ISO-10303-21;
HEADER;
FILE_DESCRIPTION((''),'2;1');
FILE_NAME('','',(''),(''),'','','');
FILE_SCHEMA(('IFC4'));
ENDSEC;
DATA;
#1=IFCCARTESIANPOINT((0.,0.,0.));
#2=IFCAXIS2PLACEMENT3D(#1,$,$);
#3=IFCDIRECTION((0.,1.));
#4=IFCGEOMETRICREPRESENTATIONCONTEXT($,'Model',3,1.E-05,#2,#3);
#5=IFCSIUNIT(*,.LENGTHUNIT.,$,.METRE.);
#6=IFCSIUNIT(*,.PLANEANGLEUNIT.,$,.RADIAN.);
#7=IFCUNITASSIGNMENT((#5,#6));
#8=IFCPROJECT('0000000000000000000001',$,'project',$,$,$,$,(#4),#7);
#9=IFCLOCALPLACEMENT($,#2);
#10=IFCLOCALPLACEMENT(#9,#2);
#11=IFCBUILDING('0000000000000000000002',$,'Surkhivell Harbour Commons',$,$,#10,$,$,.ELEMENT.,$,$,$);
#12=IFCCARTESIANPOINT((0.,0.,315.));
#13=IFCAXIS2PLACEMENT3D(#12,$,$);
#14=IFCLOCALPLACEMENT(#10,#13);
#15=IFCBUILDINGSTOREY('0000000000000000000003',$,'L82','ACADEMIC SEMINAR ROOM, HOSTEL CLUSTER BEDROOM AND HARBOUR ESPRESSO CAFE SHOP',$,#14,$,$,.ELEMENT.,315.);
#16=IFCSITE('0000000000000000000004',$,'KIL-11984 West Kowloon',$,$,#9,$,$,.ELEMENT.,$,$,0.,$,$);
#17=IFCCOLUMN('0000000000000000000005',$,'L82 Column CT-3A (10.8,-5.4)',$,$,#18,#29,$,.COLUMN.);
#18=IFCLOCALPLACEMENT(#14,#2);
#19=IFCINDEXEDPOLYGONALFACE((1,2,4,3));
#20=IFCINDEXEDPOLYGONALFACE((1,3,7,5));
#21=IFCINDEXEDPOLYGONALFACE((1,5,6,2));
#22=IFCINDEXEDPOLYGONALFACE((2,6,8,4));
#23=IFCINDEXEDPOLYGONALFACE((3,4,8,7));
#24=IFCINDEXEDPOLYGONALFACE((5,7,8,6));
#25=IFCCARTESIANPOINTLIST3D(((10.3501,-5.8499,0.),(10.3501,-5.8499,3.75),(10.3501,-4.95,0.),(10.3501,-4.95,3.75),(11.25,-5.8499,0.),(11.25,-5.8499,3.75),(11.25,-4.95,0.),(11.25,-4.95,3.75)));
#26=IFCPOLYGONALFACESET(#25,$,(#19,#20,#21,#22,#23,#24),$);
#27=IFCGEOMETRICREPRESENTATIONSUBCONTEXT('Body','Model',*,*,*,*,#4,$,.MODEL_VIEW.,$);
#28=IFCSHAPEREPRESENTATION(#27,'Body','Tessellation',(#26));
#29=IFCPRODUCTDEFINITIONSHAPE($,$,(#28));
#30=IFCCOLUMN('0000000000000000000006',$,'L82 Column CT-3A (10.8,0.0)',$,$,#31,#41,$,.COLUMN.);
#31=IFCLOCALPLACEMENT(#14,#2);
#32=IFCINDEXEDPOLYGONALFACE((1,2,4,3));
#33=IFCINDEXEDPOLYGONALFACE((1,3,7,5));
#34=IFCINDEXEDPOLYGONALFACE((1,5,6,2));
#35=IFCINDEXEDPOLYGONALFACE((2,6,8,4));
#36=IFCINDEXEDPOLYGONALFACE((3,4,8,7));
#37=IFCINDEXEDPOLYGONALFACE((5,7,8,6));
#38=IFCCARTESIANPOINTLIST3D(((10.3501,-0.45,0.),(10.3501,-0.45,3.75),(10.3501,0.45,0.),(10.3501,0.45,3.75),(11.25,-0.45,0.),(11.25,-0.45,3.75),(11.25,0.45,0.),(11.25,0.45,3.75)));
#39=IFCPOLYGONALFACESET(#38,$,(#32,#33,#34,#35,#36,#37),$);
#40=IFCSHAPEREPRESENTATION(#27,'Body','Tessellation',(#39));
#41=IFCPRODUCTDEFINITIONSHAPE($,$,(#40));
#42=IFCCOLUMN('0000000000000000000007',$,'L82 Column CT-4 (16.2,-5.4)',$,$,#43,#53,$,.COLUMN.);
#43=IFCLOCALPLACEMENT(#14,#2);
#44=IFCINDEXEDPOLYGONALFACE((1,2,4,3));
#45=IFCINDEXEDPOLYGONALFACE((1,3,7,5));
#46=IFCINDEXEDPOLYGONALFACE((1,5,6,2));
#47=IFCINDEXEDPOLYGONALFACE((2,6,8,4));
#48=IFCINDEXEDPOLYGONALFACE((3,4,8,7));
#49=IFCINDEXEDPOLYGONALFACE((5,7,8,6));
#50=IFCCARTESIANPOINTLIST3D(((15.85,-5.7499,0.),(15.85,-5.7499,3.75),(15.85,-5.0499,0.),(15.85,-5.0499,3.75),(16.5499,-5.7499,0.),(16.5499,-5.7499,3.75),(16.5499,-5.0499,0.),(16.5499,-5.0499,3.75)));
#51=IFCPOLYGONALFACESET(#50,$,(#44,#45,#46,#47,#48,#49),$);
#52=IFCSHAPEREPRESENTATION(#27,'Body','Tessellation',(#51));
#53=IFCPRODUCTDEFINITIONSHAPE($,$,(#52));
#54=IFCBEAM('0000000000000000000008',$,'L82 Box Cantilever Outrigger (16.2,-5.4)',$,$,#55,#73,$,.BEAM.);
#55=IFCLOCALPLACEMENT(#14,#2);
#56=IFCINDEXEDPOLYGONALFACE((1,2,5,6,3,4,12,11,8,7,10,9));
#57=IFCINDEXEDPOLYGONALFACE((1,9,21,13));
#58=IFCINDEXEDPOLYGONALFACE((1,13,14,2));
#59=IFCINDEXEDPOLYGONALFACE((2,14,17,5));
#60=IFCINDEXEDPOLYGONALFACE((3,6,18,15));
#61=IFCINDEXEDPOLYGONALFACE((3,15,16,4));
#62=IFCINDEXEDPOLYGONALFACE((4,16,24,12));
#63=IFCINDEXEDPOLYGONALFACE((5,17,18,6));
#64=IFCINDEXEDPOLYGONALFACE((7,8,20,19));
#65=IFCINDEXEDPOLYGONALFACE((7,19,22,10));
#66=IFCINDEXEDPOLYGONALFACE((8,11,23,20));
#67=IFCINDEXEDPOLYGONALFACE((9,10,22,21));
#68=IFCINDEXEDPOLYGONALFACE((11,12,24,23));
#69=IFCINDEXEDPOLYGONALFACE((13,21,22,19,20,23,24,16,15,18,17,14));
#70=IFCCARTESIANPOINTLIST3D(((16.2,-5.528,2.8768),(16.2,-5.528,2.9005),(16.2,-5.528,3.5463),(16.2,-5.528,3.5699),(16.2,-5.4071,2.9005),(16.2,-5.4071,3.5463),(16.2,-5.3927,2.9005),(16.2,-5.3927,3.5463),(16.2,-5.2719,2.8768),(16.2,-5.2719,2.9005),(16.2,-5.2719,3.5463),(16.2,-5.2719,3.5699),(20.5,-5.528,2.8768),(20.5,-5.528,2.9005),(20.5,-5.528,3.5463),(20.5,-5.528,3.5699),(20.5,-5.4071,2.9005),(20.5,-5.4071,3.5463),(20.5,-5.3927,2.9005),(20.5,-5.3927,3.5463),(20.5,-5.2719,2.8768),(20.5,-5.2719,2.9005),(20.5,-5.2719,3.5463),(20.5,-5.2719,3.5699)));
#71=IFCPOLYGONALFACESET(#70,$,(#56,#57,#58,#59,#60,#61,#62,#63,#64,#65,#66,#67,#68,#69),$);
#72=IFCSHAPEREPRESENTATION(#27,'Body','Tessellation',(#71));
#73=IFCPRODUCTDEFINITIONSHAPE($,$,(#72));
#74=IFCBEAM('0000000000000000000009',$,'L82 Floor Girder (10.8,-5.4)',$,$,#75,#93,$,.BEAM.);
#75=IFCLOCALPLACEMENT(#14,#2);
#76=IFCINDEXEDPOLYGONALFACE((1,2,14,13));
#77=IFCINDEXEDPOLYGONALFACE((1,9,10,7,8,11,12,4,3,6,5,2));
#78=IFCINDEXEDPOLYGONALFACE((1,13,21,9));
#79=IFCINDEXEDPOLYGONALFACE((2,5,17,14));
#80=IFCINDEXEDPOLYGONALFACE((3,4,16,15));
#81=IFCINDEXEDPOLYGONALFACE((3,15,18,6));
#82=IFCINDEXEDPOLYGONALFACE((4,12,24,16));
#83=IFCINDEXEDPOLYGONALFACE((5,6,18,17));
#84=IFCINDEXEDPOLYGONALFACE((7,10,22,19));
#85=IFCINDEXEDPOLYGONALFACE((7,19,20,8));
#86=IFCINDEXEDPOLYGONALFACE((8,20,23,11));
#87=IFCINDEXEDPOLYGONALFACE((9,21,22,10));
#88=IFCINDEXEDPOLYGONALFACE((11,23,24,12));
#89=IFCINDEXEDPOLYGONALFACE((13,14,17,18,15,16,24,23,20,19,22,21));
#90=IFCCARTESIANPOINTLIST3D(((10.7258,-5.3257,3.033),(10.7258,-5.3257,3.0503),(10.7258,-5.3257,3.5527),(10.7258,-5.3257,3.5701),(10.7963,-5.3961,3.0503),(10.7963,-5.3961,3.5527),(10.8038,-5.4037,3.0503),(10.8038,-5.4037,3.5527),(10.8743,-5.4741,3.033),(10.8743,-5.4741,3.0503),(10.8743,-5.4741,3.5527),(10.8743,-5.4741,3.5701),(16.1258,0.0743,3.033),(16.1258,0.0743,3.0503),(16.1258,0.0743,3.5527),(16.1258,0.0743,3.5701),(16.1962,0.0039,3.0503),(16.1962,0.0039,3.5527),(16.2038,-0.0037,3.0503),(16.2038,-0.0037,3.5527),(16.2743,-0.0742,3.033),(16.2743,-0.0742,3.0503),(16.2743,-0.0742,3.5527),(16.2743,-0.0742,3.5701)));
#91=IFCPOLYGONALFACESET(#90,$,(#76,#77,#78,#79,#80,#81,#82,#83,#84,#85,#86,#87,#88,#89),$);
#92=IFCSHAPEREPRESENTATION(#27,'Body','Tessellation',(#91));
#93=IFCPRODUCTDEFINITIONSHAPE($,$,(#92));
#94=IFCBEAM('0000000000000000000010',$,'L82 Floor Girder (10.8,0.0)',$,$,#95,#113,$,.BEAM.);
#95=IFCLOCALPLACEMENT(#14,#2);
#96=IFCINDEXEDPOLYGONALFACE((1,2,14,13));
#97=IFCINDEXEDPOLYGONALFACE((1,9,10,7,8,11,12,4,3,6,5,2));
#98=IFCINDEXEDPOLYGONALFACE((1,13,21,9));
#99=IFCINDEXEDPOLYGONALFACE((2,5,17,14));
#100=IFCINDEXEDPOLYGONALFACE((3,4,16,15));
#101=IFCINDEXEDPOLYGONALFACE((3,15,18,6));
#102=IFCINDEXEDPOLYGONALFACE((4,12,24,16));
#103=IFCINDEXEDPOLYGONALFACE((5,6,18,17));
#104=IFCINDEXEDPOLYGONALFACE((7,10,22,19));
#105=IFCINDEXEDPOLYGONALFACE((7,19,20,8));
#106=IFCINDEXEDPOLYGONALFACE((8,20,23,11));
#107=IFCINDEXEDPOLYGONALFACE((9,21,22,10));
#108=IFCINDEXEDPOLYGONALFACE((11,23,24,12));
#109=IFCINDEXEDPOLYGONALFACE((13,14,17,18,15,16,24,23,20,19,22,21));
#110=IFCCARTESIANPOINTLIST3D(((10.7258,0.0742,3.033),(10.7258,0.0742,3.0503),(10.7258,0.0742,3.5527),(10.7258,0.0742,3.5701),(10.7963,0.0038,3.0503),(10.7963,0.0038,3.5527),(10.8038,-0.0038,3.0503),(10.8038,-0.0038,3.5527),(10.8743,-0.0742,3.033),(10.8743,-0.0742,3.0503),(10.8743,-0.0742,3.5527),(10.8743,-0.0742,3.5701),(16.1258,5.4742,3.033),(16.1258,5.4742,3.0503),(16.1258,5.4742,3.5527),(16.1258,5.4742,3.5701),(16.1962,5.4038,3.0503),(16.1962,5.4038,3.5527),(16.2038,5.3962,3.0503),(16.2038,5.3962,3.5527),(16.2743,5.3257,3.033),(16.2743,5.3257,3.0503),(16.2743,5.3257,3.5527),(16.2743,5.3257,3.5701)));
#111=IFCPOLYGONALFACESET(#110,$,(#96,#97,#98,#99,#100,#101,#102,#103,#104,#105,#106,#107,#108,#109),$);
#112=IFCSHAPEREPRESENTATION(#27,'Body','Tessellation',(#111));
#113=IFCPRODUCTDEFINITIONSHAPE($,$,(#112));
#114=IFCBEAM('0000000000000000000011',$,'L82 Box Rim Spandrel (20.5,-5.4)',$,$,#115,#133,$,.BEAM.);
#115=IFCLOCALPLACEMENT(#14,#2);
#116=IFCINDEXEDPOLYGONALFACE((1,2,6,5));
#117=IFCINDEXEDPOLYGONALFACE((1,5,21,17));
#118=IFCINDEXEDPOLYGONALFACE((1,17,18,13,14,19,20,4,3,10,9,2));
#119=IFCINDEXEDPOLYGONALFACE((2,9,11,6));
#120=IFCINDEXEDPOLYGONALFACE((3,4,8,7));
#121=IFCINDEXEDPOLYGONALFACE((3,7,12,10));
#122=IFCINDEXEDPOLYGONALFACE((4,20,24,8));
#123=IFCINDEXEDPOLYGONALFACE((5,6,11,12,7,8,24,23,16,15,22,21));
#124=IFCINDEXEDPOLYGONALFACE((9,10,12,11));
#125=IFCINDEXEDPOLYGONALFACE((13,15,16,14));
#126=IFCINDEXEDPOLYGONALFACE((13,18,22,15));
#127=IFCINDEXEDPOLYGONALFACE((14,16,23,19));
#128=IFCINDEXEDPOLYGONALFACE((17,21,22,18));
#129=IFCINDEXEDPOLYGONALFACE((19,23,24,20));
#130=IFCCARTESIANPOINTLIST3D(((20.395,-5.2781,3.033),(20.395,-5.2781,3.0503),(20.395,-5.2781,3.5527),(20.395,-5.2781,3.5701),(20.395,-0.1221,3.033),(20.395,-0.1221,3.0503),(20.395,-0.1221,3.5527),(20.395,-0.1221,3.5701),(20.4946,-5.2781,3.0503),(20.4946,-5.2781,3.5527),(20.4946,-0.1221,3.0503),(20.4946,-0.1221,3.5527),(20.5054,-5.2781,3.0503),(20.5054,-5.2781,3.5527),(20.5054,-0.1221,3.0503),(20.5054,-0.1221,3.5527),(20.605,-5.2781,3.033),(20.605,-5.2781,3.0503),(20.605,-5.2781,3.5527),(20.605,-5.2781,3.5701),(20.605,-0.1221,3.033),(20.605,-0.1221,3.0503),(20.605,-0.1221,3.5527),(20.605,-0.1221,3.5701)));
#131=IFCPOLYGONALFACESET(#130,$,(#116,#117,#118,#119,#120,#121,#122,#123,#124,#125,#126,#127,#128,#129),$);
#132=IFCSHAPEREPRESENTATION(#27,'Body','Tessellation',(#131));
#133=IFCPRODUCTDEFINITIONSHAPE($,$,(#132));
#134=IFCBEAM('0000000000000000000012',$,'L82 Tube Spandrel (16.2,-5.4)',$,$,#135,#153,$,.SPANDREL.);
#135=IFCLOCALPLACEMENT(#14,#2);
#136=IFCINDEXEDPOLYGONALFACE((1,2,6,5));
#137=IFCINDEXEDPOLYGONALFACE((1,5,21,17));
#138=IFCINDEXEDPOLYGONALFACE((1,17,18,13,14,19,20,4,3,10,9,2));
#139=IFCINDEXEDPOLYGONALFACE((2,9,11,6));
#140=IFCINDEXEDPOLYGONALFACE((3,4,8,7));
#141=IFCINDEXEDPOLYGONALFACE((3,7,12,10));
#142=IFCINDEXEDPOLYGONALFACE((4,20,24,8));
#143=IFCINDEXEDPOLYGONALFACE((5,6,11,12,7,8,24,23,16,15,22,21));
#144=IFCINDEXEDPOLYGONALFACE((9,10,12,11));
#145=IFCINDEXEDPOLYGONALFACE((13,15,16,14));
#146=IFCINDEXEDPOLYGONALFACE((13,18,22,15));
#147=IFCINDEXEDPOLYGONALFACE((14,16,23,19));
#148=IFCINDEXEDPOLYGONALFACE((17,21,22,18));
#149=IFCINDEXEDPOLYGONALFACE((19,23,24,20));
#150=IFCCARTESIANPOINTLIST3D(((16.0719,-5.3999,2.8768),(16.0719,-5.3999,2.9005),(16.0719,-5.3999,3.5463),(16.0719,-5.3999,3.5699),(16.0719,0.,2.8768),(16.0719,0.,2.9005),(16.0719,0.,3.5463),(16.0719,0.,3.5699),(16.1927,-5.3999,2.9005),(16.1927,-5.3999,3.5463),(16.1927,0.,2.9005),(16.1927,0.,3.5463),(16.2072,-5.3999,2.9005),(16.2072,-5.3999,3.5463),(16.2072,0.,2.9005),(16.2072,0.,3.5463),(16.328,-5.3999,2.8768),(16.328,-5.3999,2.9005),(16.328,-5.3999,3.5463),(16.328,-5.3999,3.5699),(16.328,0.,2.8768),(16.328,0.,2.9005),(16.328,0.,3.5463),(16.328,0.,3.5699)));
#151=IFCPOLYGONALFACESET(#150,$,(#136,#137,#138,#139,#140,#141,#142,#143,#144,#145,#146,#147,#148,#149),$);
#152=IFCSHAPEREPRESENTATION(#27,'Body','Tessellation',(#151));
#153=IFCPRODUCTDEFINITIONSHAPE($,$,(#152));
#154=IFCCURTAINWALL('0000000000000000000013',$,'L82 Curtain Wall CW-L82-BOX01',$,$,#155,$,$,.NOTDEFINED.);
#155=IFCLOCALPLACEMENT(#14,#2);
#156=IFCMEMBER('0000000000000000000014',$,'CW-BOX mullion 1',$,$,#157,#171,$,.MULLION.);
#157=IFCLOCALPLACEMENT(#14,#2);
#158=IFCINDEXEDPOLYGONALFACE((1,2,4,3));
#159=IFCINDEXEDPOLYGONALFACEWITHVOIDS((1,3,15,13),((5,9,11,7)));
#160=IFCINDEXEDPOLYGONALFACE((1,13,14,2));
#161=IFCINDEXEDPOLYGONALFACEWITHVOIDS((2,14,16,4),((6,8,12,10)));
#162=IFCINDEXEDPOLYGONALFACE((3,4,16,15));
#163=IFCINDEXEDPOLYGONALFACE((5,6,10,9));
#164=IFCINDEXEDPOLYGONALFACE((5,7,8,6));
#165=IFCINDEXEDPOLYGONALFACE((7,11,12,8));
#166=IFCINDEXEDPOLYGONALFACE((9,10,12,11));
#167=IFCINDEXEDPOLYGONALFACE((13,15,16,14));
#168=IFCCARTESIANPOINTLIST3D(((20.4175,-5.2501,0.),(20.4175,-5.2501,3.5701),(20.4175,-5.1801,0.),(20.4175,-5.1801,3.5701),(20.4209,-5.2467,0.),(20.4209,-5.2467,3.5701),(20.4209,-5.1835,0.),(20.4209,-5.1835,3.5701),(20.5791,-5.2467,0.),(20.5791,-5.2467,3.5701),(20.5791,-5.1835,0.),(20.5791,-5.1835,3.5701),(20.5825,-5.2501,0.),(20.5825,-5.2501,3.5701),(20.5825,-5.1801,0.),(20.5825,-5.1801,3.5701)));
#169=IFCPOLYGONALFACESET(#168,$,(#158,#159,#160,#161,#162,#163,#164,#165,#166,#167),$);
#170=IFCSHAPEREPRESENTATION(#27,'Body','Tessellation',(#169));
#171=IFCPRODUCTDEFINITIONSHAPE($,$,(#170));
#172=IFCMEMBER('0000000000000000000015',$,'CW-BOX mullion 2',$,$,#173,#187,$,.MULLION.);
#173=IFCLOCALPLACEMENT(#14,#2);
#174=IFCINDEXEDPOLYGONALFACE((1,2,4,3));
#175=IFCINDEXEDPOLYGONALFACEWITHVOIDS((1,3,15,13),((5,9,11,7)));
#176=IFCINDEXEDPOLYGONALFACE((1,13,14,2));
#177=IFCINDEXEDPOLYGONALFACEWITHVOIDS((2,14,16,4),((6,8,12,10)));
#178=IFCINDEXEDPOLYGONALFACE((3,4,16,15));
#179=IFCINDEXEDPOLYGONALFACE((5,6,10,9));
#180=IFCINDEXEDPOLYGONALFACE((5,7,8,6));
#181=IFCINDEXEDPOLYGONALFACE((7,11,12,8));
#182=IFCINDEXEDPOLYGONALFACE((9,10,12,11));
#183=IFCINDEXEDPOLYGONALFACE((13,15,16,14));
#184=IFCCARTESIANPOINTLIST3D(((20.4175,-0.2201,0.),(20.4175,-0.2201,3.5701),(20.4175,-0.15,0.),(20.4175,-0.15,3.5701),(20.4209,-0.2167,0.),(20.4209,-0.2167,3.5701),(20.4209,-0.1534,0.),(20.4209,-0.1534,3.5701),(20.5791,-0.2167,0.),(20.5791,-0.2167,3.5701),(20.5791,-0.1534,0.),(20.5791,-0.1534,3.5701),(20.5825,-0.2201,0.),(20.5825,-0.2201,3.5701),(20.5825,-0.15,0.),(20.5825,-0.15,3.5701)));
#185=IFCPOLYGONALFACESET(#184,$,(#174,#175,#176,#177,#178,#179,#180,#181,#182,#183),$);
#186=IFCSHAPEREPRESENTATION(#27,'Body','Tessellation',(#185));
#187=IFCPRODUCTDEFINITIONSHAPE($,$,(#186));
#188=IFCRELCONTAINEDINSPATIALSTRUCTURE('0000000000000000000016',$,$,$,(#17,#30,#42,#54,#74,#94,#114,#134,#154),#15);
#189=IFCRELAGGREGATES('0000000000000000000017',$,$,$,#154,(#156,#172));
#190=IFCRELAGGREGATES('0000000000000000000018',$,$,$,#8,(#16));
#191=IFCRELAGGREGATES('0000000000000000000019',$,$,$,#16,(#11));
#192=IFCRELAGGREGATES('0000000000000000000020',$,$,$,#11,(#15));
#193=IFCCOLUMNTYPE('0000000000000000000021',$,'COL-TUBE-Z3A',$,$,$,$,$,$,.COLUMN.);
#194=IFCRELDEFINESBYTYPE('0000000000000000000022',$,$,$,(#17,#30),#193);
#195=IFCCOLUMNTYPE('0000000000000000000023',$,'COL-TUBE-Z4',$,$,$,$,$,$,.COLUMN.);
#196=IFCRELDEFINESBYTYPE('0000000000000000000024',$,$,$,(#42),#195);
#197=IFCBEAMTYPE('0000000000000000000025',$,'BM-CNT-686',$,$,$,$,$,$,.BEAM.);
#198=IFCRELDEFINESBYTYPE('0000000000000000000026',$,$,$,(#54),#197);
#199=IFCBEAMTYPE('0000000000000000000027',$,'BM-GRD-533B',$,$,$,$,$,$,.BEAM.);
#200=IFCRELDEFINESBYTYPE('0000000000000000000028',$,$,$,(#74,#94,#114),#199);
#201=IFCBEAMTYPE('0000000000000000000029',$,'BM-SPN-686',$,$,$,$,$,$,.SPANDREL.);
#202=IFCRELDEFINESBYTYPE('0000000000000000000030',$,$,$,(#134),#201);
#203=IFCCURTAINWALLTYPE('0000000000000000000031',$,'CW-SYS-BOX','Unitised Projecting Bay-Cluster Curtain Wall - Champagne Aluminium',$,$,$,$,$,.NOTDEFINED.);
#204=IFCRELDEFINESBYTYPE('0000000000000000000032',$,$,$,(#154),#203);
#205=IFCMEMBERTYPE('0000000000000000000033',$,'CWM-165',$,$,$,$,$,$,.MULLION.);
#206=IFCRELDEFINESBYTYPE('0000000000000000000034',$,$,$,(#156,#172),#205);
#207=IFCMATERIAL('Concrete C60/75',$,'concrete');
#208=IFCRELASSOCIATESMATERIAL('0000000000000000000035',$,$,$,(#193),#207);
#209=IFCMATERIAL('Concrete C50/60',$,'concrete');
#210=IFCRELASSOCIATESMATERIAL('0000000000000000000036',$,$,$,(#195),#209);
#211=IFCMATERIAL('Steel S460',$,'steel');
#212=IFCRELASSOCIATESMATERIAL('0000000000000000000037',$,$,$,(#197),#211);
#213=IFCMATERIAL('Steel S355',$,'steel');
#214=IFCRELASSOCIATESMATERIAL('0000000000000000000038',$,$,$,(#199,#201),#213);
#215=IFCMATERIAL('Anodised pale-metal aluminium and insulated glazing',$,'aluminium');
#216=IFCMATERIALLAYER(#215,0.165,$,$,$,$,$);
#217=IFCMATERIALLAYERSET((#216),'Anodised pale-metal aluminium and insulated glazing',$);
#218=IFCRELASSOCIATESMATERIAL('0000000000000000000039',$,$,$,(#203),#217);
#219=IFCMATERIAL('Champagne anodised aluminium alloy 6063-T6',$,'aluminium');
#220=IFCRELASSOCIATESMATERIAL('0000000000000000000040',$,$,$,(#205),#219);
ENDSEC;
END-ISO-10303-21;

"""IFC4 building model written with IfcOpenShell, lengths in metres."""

from ifc_helpers import new_model, si_unit, direction, frame, origin, origin_2d, place, context, subcontext, project, spatial, rectangle, hollow_rectangle, i_section, extrude, material, layer, layer_set, material_profile, profile_set, type_object, element, aggregate, save


model = new_model("IFC4")

# Units and contexts
model_context = context("Model", 3, precision=1e-05, world=origin(), true_north=direction((0.0, 1.0)))
body_context = subcontext(model_context, "Body", "Model", "MODEL_VIEW")
ifc_project = project(units=[si_unit("LENGTHUNIT", "METRE"), si_unit("PLANEANGLEUNIT", "RADIAN")], contexts=[model_context])

# Site, building, storey
site_placement = place(None, origin())
site = spatial("IfcSite", under=ifc_project, at=site_placement, Name="KIL-11984 West Kowloon", CompositionType="ELEMENT", RefElevation=0.0)
building_placement = place(site_placement, origin())
building = spatial("IfcBuilding", under=site, at=building_placement, Name="Surkhivell Harbour Commons", CompositionType="ELEMENT")
storey_placement = place(building_placement, frame((0.0, 0.0, 315.0)))
storey = spatial("IfcBuildingStorey", under=building, at=storey_placement, Name="L82", Description="ACADEMIC SEMINAR ROOM, HOSTEL CLUSTER BEDROOM AND HARBOUR ESPRESSO CAFE SHOP", CompositionType="ELEMENT", Elevation=315.0)

# Columns
ifc_material_1 = material(Name="Concrete C60/75", Category="concrete")
ifc_material_profile_1 = material_profile(ifc_material_1, rectangle(XDim=0.8999, YDim=0.8999, at=origin_2d()), Name="RC-COL-900x900")
ifc_profile_set_1 = profile_set([ifc_material_profile_1], Name="Concrete C60/75")
column_type_1 = type_object("IfcColumnType", Name="COL-TUBE-Z3A", PredefinedType="COLUMN", material=ifc_profile_set_1)
for number, where, z_axis, x_axis, name in (
    (1, (10.8, -5.3999, 0.0), (0.0, 0.0, 1.0), (1.0, 0.0, 0.0), "L82 Column CT-3A (10.8,-5.4)"),
    (2, (10.8, 0.0, 0.0), (0.0, 0.0, 1.0), (1.0, 0.0, 0.0), "L82 Column CT-3A (10.8,0.0)"),
):
    element("IfcColumn", number, at=place(storey_placement, frame(where, z_axis=z_axis, x_axis=x_axis)), inside=storey, type_object=column_type_1, Name=name, PredefinedType="COLUMN", context=body_context, shape_type="SweptSolid", body=[
        extrude(rectangle(XDim=0.8999, YDim=0.8999, at=origin_2d()), origin(), (0.0, 0.0, 1.0), 3.75),
    ])
ifc_material_2 = material(Name="Concrete C50/60", Category="concrete")
ifc_material_profile_2 = material_profile(ifc_material_2, rectangle(XDim=0.7, YDim=0.7, at=origin_2d()), Name="RC-COL-700x700")
ifc_profile_set_2 = profile_set([ifc_material_profile_2], Name="Concrete C50/60")
column_type_2 = type_object("IfcColumnType", Name="COL-TUBE-Z4", PredefinedType="COLUMN", material=ifc_profile_set_2)
column_placement = place(storey_placement, frame((16.2, -5.3999, 0.0), z_axis=(0.0, 0.0, 1.0), x_axis=(1.0, 0.0, 0.0)))
element("IfcColumn", 3, at=column_placement, inside=storey, type_object=column_type_2, Name="L82 Column CT-4 (16.2,-5.4)", PredefinedType="COLUMN", context=body_context, shape_type="SweptSolid", body=[
    extrude(rectangle(XDim=0.7, YDim=0.7, at=origin_2d()), origin(), (0.0, 0.0, 1.0), 3.75),
])

# Beams
ifc_material_3 = material(Name="Steel S460", Category="steel")
ifc_material_profile_3 = material_profile(ifc_material_3, i_section(OverallWidth=0.2561, OverallDepth=0.6931, WebThickness=0.0144, FlangeThickness=0.0237, at=origin_2d()), Name="UB686x254x170")
ifc_profile_set_3 = profile_set([ifc_material_profile_3], Name="Steel S460")
beam_type_1 = type_object("IfcBeamType", Name="BM-CNT-686", PredefinedType="BEAM", material=ifc_profile_set_3)
beam_1_placement = place(storey_placement, frame((16.2, -5.3999, 3.2234), z_axis=(1.0, 0.0, 0.0), x_axis=(0.0, 1.0, 0.0)))
element("IfcBeam", 4, at=beam_1_placement, inside=storey, type_object=beam_type_1, Name="L82 Box Cantilever Outrigger (16.2,-5.4)", PredefinedType="BEAM", context=body_context, shape_type="SweptSolid", body=[
    extrude(i_section(OverallWidth=0.2561, OverallDepth=0.6931, WebThickness=0.0144, FlangeThickness=0.0237, at=origin_2d()), origin(), (0.0, 0.0, 1.0), 4.3),
])
ifc_material_4 = material(Name="Steel S355", Category="steel")
ifc_material_profile_4 = material_profile(ifc_material_4, i_section(OverallWidth=0.21, OverallDepth=0.5371, WebThickness=0.0107, FlangeThickness=0.0173, at=origin_2d()), Name="UB533x210x101")
ifc_profile_set_4 = profile_set([ifc_material_profile_4], Name="Steel S355")
beam_type_2 = type_object("IfcBeamType", Name="BM-GRD-533B", PredefinedType="BEAM", material=ifc_profile_set_4)
for number, where, z_axis, x_axis, name in (
    (5, (10.8, -5.3999, 3.3015), (0.707107, 0.707107, 0.0), (-0.707107, 0.707107, 0.0), "L82 Floor Girder (10.8,-5.4)"),
    (6, (10.8, 0.0, 3.3015), (0.707107, 0.707107, 0.0), (-0.707107, 0.707107, 0.0), "L82 Floor Girder (10.8,0.0)"),
):
    element("IfcBeam", number, at=place(storey_placement, frame(where, z_axis=z_axis, x_axis=x_axis)), inside=storey, type_object=beam_type_2, Name=name, PredefinedType="BEAM", context=body_context, shape_type="SweptSolid", body=[
        extrude(i_section(OverallWidth=0.21, OverallDepth=0.5371, WebThickness=0.0107, FlangeThickness=0.0173, at=origin_2d()), origin(), (0.0, 0.0, 1.0), 7.6367),
    ])
beam_2_placement = place(storey_placement, frame((20.5, -5.2781, 3.3015), z_axis=(0.0, 1.0, 0.0), x_axis=(-1.0, 0.0, 0.0)))
element("IfcBeam", 7, at=beam_2_placement, inside=storey, type_object=beam_type_2, Name="L82 Box Rim Spandrel (20.5,-5.4)", PredefinedType="BEAM", context=body_context, shape_type="SweptSolid", body=[
    extrude(i_section(OverallWidth=0.21, OverallDepth=0.5371, WebThickness=0.0107, FlangeThickness=0.0173, at=origin_2d()), origin(), (0.0, 0.0, 1.0), 5.156),
])
ifc_material_profile_5 = material_profile(ifc_material_4, i_section(OverallWidth=0.2561, OverallDepth=0.6931, WebThickness=0.0144, FlangeThickness=0.0237, at=origin_2d()), Name="UB686x254x170")
ifc_profile_set_5 = profile_set([ifc_material_profile_5], Name="Steel S355")
beam_type_3 = type_object("IfcBeamType", Name="BM-SPN-686", PredefinedType="SPANDREL", material=ifc_profile_set_5)
beam_3_placement = place(storey_placement, frame((16.2, -5.3999, 3.2234), z_axis=(0.0, 1.0, 0.0), x_axis=(-1.0, 0.0, 0.0)))
element("IfcBeam", 8, at=beam_3_placement, inside=storey, type_object=beam_type_3, Name="L82 Tube Spandrel (16.2,-5.4)", PredefinedType="SPANDREL", context=body_context, shape_type="SweptSolid", body=[
    extrude(i_section(OverallWidth=0.2561, OverallDepth=0.6931, WebThickness=0.0144, FlangeThickness=0.0237, at=origin_2d()), origin(), (0.0, 0.0, 1.0), 5.3999),
])

# Curtain wall, members
ifc_material_5 = material(Name="Anodised pale-metal aluminium and insulated glazing", Category="aluminium")
ifc_layer_1 = layer(ifc_material_5, 0.165)
ifc_layer_set_1 = layer_set([ifc_layer_1], Name="Anodised pale-metal aluminium and insulated glazing")
curtain_wall_type_1 = type_object("IfcCurtainWallType", Name="CW-SYS-BOX", Description="Unitised Projecting Bay-Cluster Curtain Wall - Champagne Aluminium", PredefinedType="NOTDEFINED", material=ifc_layer_set_1)
curtain_wall_1_placement = place(storey_placement, origin())
curtain_wall_1 = element("IfcCurtainWall", 9, at=curtain_wall_1_placement, inside=storey, type_object=curtain_wall_type_1, Name="L82 Curtain Wall CW-L82-BOX01", PredefinedType="NOTDEFINED")
ifc_material_6 = material(Name="Champagne anodised aluminium alloy 6063-T6", Category="aluminium")
ifc_material_profile_6 = material_profile(ifc_material_6, hollow_rectangle(XDim=0.0701, YDim=0.165, WallThickness=0.0034, at=origin_2d()), Name="ALU-MULL-70x165")
ifc_profile_set_6 = profile_set([ifc_material_profile_6], Name="Champagne anodised aluminium alloy 6063-T6")
member_type_1 = type_object("IfcMemberType", Name="CWM-165", PredefinedType="MULLION", material=ifc_profile_set_6)
member_1_placement = place(storey_placement, frame((20.5, -5.2151, 0.0), z_axis=(0.0, 0.0, 1.0), x_axis=(0.0, 1.0, 0.0)))
member_1 = element("IfcMember", 10, at=member_1_placement, type_object=member_type_1, Name="CW-BOX mullion 1", PredefinedType="MULLION", context=body_context, shape_type="SweptSolid", body=[
    extrude(hollow_rectangle(XDim=0.0701, YDim=0.165, WallThickness=0.0034, at=origin_2d()), origin(), (0.0, 0.0, 1.0), 3.5701),
])
member_2_placement = place(storey_placement, frame((20.5, -0.1851, 0.0), z_axis=(0.0, 0.0, 1.0), x_axis=(0.0, 1.0, 0.0)))
member_2 = element("IfcMember", 11, at=member_2_placement, type_object=member_type_1, Name="CW-BOX mullion 2", PredefinedType="MULLION", context=body_context, shape_type="SweptSolid", body=[
    extrude(hollow_rectangle(XDim=0.0701, YDim=0.165, WallThickness=0.0034, at=origin_2d()), origin(), (0.0, 0.0, 1.0), 3.5701),
])

aggregate(curtain_wall_1, [member_1, member_2])

save(model, "model.ifc")
